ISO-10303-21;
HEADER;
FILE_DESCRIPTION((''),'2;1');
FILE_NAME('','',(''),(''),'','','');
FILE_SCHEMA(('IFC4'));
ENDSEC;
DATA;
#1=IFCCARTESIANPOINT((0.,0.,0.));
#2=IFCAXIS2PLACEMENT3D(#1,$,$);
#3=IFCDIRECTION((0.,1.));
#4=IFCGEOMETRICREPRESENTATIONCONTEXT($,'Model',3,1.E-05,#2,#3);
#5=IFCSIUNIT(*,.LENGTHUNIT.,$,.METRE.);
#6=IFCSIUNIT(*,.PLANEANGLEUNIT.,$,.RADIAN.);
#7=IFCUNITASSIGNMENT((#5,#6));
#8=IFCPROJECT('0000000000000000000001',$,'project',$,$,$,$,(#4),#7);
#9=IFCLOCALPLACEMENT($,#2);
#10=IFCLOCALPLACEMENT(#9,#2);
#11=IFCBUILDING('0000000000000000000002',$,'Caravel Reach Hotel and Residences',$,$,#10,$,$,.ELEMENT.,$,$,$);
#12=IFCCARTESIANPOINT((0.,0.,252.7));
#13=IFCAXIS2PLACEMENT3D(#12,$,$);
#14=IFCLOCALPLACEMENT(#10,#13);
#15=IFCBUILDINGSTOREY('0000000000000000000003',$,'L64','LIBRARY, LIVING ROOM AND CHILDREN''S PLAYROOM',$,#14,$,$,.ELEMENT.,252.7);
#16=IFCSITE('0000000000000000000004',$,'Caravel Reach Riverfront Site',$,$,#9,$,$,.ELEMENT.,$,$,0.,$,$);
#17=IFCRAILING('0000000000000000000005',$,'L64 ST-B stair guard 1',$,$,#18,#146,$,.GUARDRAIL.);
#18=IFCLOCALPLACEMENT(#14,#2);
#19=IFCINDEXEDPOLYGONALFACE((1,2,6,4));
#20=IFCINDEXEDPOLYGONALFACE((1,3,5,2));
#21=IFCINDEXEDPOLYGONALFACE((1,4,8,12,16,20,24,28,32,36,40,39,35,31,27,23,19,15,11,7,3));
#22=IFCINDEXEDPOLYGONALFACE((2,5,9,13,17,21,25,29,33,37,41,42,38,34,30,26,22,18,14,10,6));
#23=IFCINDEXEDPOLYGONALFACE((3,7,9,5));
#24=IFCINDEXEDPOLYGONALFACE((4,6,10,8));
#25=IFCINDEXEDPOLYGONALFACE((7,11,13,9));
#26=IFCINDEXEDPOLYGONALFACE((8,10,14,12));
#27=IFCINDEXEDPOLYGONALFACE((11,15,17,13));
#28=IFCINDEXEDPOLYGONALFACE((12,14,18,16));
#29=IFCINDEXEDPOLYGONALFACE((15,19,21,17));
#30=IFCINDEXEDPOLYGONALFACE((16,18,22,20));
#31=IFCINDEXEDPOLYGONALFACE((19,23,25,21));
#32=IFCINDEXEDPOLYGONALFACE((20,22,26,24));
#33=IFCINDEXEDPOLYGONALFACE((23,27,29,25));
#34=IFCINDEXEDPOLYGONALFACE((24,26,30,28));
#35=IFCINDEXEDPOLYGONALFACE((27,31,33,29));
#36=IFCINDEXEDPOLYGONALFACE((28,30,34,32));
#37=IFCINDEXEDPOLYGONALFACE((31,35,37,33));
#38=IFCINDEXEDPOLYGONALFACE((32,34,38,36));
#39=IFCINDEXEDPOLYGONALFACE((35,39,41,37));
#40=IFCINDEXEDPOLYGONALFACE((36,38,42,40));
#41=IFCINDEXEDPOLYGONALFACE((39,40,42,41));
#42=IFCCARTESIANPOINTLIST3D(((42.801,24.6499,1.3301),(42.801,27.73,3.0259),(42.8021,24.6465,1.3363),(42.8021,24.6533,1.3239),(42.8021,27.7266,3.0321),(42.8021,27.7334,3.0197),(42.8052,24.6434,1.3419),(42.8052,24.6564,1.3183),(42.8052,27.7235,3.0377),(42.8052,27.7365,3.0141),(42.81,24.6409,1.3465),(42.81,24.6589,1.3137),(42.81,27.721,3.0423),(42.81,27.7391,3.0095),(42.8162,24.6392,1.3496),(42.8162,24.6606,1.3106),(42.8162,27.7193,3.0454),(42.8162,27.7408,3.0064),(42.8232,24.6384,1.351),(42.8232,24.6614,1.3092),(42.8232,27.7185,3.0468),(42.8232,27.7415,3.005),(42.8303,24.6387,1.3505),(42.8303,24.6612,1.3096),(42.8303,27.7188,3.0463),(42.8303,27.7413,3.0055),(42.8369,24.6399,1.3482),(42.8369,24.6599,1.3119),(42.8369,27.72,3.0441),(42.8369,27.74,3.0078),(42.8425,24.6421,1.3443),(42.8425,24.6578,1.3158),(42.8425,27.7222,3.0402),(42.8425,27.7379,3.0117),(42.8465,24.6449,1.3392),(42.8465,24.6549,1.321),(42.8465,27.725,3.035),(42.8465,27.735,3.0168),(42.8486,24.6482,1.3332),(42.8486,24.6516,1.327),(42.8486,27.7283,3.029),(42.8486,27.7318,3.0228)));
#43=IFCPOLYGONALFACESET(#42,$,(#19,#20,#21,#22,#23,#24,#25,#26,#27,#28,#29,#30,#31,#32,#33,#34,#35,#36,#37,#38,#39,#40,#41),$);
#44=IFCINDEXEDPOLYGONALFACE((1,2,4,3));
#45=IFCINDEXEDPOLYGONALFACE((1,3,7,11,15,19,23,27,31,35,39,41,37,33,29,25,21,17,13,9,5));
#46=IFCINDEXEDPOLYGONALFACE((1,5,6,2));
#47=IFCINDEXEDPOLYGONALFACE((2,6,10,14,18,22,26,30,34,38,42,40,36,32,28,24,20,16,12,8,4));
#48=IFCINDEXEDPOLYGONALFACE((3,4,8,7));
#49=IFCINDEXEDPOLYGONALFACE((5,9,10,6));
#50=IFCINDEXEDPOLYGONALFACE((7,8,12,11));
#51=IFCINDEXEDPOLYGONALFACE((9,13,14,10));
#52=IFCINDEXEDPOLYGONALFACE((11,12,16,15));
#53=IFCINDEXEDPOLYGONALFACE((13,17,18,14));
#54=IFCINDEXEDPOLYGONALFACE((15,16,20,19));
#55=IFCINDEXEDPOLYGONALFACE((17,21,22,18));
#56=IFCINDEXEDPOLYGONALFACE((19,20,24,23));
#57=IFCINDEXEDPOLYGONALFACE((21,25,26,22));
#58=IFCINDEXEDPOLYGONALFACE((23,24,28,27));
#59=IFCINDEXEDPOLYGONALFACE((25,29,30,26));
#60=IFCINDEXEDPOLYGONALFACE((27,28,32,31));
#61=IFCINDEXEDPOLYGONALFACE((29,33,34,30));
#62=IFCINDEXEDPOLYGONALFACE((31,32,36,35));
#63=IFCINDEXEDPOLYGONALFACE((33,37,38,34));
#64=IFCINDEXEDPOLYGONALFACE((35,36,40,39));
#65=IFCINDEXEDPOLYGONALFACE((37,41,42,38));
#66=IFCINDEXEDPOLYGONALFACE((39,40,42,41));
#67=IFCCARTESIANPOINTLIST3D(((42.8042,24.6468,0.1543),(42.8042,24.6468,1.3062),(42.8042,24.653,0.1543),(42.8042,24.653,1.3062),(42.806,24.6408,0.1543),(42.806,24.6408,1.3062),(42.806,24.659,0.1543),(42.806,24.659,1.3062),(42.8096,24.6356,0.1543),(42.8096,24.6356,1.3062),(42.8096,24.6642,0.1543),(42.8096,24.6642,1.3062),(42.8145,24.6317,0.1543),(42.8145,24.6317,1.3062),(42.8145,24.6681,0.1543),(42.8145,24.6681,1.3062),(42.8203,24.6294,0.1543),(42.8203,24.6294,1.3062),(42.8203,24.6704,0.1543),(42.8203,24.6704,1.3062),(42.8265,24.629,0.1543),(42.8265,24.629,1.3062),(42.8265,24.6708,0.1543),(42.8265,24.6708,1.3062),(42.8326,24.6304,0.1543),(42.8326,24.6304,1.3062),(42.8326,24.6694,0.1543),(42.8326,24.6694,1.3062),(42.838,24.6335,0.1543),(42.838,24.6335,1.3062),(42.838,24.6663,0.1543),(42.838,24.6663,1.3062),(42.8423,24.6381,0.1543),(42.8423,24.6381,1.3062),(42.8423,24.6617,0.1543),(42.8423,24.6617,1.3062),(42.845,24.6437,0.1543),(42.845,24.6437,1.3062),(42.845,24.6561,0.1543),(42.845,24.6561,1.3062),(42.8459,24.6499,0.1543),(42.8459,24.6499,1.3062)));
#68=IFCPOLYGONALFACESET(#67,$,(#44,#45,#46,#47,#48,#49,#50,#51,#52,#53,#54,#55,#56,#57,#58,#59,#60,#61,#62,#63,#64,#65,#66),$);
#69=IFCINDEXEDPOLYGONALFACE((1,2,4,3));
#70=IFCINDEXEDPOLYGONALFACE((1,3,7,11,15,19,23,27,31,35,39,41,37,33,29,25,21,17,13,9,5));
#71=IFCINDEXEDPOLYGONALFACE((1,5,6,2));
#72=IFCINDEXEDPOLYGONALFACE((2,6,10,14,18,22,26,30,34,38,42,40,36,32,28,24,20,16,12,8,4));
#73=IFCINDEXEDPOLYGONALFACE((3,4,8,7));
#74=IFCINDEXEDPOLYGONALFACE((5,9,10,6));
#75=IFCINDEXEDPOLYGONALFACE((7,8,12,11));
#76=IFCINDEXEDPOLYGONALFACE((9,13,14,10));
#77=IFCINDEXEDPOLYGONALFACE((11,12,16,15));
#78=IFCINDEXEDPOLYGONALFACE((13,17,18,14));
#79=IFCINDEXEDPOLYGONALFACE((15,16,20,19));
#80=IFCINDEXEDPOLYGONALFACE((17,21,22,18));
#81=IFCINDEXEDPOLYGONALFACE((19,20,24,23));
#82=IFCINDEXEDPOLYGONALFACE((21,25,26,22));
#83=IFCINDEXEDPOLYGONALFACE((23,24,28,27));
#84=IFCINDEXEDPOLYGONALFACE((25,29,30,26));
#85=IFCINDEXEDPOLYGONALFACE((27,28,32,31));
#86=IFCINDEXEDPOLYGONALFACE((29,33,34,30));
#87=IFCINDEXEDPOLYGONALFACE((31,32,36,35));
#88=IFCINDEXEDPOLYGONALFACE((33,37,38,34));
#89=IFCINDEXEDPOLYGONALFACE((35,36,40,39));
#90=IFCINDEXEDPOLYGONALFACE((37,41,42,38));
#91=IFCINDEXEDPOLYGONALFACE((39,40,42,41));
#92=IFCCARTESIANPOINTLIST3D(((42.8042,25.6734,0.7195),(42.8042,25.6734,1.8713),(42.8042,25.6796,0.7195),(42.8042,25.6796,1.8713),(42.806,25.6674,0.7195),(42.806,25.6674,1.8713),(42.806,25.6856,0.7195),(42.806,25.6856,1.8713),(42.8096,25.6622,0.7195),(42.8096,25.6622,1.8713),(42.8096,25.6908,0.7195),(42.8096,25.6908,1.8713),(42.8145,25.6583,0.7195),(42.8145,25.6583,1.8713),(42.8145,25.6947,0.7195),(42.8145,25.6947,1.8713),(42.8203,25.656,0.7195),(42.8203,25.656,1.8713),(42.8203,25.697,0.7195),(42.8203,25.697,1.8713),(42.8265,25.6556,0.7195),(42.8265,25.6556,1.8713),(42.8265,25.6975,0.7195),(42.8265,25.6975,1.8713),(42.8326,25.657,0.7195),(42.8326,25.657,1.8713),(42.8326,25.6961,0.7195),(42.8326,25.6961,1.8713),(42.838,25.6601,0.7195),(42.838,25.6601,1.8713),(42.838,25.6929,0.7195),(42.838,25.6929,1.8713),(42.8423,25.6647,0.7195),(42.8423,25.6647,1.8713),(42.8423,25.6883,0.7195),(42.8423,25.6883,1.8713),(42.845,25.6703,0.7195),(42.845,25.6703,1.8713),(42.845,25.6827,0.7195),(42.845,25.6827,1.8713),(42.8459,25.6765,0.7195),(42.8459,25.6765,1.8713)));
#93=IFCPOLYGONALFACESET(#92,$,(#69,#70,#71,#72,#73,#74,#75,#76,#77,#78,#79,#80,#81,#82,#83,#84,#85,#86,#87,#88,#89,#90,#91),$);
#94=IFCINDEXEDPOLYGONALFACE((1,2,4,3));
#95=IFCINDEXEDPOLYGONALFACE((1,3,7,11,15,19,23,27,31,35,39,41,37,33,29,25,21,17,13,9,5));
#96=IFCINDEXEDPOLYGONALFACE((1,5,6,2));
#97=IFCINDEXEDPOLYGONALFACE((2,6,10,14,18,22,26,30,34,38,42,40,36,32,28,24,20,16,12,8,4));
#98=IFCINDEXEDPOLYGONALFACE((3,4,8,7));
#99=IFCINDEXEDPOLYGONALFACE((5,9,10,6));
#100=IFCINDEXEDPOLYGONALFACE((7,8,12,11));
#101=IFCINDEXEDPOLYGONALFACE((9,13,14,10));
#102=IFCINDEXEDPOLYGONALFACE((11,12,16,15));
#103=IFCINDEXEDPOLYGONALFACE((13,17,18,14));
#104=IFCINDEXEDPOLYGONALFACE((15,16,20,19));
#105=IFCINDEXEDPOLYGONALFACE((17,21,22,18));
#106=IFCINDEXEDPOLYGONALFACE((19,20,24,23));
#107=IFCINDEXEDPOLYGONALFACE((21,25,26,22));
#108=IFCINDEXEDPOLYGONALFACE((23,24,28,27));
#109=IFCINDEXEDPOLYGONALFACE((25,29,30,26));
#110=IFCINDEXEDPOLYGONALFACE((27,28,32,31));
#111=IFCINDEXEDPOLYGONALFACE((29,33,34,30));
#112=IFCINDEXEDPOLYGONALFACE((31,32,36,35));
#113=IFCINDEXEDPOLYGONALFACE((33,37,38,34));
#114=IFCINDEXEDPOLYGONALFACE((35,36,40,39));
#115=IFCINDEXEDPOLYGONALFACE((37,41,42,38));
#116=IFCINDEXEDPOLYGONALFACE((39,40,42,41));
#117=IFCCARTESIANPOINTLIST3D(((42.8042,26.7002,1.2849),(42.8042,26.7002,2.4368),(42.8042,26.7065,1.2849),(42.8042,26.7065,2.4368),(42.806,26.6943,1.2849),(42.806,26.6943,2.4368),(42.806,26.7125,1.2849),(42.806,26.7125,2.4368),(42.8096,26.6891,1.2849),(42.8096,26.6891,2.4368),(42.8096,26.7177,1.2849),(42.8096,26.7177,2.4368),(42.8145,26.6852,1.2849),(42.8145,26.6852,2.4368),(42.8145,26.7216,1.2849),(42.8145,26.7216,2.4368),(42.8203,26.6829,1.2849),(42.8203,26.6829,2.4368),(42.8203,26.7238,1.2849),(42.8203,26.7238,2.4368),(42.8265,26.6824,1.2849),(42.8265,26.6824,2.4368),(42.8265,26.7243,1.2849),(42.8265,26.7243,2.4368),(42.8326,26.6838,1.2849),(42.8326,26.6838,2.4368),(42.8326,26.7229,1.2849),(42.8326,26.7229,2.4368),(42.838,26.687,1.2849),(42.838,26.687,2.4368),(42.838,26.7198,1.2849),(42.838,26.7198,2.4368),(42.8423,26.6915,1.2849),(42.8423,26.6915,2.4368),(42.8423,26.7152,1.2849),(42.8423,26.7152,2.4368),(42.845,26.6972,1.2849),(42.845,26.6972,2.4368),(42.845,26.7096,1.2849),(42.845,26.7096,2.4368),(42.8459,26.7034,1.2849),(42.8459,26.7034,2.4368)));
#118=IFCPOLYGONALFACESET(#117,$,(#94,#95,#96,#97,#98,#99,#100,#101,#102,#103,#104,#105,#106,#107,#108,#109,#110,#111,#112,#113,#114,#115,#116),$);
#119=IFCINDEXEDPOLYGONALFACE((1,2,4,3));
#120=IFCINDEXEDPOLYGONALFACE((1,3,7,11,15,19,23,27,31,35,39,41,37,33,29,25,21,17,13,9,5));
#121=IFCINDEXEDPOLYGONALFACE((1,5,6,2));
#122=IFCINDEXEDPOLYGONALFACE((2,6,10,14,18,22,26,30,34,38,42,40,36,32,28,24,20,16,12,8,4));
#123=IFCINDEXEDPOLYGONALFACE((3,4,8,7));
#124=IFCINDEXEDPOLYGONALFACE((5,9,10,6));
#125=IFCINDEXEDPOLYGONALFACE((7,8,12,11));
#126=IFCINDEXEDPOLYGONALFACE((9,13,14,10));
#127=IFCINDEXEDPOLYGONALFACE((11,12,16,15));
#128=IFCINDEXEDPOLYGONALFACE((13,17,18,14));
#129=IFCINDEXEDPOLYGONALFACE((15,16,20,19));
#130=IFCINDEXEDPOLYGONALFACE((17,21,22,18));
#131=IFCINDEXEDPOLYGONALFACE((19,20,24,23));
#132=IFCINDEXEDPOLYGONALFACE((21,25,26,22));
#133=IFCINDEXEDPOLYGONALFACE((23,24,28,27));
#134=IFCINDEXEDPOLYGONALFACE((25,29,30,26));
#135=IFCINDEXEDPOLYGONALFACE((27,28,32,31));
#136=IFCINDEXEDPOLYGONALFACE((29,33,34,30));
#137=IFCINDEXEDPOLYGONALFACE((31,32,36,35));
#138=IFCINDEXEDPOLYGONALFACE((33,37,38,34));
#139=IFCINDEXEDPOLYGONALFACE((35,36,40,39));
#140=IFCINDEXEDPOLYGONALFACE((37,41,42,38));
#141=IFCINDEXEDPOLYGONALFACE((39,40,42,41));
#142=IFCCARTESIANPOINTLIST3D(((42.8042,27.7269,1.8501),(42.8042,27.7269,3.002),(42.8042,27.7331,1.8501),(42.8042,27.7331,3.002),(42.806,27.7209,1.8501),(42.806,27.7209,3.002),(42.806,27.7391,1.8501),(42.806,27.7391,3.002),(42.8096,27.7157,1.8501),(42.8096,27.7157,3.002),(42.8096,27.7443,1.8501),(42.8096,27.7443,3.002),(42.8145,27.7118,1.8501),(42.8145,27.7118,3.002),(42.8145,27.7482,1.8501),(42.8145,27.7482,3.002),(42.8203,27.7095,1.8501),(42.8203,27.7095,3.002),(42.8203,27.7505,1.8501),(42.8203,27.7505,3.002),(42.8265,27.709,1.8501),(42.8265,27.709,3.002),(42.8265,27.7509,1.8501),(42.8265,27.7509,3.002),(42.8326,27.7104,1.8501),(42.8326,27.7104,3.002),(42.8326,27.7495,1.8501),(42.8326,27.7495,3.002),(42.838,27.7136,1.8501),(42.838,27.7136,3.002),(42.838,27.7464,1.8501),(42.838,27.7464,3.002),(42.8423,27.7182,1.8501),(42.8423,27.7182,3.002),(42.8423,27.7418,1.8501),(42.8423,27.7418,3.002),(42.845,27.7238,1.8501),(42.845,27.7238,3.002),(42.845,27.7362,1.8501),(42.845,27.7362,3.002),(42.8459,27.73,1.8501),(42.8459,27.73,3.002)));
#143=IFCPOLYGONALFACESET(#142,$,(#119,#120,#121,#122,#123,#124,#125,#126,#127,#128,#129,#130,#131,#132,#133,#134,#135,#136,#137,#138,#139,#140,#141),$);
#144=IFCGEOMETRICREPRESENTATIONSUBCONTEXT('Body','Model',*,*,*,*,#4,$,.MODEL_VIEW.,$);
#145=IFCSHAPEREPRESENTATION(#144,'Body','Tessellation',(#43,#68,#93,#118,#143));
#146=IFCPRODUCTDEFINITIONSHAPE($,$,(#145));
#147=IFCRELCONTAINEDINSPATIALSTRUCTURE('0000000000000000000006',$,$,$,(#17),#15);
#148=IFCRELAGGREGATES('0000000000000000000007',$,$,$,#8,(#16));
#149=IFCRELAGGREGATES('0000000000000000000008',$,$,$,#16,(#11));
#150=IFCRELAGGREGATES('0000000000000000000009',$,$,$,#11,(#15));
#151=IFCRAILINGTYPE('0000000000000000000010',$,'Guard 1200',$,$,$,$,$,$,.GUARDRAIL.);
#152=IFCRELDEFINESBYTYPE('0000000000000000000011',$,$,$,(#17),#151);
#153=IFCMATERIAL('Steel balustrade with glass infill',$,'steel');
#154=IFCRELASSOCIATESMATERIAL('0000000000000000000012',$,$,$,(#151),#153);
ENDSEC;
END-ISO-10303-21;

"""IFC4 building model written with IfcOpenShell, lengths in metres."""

from ifc_helpers import new_model, si_unit, direction, frame, origin, origin_2d, place, context, subcontext, project, spatial, circle, extrude, material, type_object, element, save


model = new_model("IFC4")

# Units and contexts
model_context = context("Model", 3, precision=1e-05, world=origin(), true_north=direction((0.0, 1.0)))
body_context = subcontext(model_context, "Body", "Model", "MODEL_VIEW")
ifc_project = project(units=[si_unit("LENGTHUNIT", "METRE"), si_unit("PLANEANGLEUNIT", "RADIAN")], contexts=[model_context])

# Site, building, storey
site_placement = place(None, origin())
site = spatial("IfcSite", under=ifc_project, at=site_placement, Name="Caravel Reach Riverfront Site", CompositionType="ELEMENT", RefElevation=0.0)
building_placement = place(site_placement, origin())
building = spatial("IfcBuilding", under=site, at=building_placement, Name="Caravel Reach Hotel and Residences", CompositionType="ELEMENT")
storey_placement = place(building_placement, frame((0.0, 0.0, 252.7)))
storey = spatial("IfcBuildingStorey", under=building, at=storey_placement, Name="L64", Description="LIBRARY, LIVING ROOM AND CHILDREN'S PLAYROOM", CompositionType="ELEMENT", Elevation=252.7)

# Railing
ifc_material_1 = material(Name="Steel balustrade with glass infill", Category="steel")
railing_type_1 = type_object("IfcRailingType", Name="Guard 1200", PredefinedType="GUARDRAIL", material=ifc_material_1)
railing_1_placement = place(storey_placement, frame((42.825, 24.6499, 0.1543)))
element("IfcRailing", 1, at=railing_1_placement, inside=storey, type_object=railing_type_1, Name="L64 ST-B stair guard 1", PredefinedType="GUARDRAIL", context=body_context, shape_type="SweptSolid", body=[
    extrude(circle(Radius=0.0239, at=origin_2d()), frame((0.0, 0.0, 1.1758), z_axis=(0.0, 0.876005, 0.482303), x_axis=(-1.0, 0.0, 0.0)), (0.0, 0.0, 1.0), 3.5161),
    extrude(circle(Radius=0.021, at=origin_2d()), origin(), (0.0, 0.0, 1.0), 1.1519),
    extrude(circle(Radius=0.021, at=origin_2d()), frame((0.0, 1.0266, 0.5652)), (0.0, 0.0, 1.0), 1.1519),
    extrude(circle(Radius=0.021, at=origin_2d()), frame((0.0, 2.0535, 1.1306)), (0.0, 0.0, 1.0), 1.1519),
    extrude(circle(Radius=0.021, at=origin_2d()), frame((0.0, 3.0801, 1.6958)), (0.0, 0.0, 1.0), 1.1519),
])

save(model, "model.ifc")
